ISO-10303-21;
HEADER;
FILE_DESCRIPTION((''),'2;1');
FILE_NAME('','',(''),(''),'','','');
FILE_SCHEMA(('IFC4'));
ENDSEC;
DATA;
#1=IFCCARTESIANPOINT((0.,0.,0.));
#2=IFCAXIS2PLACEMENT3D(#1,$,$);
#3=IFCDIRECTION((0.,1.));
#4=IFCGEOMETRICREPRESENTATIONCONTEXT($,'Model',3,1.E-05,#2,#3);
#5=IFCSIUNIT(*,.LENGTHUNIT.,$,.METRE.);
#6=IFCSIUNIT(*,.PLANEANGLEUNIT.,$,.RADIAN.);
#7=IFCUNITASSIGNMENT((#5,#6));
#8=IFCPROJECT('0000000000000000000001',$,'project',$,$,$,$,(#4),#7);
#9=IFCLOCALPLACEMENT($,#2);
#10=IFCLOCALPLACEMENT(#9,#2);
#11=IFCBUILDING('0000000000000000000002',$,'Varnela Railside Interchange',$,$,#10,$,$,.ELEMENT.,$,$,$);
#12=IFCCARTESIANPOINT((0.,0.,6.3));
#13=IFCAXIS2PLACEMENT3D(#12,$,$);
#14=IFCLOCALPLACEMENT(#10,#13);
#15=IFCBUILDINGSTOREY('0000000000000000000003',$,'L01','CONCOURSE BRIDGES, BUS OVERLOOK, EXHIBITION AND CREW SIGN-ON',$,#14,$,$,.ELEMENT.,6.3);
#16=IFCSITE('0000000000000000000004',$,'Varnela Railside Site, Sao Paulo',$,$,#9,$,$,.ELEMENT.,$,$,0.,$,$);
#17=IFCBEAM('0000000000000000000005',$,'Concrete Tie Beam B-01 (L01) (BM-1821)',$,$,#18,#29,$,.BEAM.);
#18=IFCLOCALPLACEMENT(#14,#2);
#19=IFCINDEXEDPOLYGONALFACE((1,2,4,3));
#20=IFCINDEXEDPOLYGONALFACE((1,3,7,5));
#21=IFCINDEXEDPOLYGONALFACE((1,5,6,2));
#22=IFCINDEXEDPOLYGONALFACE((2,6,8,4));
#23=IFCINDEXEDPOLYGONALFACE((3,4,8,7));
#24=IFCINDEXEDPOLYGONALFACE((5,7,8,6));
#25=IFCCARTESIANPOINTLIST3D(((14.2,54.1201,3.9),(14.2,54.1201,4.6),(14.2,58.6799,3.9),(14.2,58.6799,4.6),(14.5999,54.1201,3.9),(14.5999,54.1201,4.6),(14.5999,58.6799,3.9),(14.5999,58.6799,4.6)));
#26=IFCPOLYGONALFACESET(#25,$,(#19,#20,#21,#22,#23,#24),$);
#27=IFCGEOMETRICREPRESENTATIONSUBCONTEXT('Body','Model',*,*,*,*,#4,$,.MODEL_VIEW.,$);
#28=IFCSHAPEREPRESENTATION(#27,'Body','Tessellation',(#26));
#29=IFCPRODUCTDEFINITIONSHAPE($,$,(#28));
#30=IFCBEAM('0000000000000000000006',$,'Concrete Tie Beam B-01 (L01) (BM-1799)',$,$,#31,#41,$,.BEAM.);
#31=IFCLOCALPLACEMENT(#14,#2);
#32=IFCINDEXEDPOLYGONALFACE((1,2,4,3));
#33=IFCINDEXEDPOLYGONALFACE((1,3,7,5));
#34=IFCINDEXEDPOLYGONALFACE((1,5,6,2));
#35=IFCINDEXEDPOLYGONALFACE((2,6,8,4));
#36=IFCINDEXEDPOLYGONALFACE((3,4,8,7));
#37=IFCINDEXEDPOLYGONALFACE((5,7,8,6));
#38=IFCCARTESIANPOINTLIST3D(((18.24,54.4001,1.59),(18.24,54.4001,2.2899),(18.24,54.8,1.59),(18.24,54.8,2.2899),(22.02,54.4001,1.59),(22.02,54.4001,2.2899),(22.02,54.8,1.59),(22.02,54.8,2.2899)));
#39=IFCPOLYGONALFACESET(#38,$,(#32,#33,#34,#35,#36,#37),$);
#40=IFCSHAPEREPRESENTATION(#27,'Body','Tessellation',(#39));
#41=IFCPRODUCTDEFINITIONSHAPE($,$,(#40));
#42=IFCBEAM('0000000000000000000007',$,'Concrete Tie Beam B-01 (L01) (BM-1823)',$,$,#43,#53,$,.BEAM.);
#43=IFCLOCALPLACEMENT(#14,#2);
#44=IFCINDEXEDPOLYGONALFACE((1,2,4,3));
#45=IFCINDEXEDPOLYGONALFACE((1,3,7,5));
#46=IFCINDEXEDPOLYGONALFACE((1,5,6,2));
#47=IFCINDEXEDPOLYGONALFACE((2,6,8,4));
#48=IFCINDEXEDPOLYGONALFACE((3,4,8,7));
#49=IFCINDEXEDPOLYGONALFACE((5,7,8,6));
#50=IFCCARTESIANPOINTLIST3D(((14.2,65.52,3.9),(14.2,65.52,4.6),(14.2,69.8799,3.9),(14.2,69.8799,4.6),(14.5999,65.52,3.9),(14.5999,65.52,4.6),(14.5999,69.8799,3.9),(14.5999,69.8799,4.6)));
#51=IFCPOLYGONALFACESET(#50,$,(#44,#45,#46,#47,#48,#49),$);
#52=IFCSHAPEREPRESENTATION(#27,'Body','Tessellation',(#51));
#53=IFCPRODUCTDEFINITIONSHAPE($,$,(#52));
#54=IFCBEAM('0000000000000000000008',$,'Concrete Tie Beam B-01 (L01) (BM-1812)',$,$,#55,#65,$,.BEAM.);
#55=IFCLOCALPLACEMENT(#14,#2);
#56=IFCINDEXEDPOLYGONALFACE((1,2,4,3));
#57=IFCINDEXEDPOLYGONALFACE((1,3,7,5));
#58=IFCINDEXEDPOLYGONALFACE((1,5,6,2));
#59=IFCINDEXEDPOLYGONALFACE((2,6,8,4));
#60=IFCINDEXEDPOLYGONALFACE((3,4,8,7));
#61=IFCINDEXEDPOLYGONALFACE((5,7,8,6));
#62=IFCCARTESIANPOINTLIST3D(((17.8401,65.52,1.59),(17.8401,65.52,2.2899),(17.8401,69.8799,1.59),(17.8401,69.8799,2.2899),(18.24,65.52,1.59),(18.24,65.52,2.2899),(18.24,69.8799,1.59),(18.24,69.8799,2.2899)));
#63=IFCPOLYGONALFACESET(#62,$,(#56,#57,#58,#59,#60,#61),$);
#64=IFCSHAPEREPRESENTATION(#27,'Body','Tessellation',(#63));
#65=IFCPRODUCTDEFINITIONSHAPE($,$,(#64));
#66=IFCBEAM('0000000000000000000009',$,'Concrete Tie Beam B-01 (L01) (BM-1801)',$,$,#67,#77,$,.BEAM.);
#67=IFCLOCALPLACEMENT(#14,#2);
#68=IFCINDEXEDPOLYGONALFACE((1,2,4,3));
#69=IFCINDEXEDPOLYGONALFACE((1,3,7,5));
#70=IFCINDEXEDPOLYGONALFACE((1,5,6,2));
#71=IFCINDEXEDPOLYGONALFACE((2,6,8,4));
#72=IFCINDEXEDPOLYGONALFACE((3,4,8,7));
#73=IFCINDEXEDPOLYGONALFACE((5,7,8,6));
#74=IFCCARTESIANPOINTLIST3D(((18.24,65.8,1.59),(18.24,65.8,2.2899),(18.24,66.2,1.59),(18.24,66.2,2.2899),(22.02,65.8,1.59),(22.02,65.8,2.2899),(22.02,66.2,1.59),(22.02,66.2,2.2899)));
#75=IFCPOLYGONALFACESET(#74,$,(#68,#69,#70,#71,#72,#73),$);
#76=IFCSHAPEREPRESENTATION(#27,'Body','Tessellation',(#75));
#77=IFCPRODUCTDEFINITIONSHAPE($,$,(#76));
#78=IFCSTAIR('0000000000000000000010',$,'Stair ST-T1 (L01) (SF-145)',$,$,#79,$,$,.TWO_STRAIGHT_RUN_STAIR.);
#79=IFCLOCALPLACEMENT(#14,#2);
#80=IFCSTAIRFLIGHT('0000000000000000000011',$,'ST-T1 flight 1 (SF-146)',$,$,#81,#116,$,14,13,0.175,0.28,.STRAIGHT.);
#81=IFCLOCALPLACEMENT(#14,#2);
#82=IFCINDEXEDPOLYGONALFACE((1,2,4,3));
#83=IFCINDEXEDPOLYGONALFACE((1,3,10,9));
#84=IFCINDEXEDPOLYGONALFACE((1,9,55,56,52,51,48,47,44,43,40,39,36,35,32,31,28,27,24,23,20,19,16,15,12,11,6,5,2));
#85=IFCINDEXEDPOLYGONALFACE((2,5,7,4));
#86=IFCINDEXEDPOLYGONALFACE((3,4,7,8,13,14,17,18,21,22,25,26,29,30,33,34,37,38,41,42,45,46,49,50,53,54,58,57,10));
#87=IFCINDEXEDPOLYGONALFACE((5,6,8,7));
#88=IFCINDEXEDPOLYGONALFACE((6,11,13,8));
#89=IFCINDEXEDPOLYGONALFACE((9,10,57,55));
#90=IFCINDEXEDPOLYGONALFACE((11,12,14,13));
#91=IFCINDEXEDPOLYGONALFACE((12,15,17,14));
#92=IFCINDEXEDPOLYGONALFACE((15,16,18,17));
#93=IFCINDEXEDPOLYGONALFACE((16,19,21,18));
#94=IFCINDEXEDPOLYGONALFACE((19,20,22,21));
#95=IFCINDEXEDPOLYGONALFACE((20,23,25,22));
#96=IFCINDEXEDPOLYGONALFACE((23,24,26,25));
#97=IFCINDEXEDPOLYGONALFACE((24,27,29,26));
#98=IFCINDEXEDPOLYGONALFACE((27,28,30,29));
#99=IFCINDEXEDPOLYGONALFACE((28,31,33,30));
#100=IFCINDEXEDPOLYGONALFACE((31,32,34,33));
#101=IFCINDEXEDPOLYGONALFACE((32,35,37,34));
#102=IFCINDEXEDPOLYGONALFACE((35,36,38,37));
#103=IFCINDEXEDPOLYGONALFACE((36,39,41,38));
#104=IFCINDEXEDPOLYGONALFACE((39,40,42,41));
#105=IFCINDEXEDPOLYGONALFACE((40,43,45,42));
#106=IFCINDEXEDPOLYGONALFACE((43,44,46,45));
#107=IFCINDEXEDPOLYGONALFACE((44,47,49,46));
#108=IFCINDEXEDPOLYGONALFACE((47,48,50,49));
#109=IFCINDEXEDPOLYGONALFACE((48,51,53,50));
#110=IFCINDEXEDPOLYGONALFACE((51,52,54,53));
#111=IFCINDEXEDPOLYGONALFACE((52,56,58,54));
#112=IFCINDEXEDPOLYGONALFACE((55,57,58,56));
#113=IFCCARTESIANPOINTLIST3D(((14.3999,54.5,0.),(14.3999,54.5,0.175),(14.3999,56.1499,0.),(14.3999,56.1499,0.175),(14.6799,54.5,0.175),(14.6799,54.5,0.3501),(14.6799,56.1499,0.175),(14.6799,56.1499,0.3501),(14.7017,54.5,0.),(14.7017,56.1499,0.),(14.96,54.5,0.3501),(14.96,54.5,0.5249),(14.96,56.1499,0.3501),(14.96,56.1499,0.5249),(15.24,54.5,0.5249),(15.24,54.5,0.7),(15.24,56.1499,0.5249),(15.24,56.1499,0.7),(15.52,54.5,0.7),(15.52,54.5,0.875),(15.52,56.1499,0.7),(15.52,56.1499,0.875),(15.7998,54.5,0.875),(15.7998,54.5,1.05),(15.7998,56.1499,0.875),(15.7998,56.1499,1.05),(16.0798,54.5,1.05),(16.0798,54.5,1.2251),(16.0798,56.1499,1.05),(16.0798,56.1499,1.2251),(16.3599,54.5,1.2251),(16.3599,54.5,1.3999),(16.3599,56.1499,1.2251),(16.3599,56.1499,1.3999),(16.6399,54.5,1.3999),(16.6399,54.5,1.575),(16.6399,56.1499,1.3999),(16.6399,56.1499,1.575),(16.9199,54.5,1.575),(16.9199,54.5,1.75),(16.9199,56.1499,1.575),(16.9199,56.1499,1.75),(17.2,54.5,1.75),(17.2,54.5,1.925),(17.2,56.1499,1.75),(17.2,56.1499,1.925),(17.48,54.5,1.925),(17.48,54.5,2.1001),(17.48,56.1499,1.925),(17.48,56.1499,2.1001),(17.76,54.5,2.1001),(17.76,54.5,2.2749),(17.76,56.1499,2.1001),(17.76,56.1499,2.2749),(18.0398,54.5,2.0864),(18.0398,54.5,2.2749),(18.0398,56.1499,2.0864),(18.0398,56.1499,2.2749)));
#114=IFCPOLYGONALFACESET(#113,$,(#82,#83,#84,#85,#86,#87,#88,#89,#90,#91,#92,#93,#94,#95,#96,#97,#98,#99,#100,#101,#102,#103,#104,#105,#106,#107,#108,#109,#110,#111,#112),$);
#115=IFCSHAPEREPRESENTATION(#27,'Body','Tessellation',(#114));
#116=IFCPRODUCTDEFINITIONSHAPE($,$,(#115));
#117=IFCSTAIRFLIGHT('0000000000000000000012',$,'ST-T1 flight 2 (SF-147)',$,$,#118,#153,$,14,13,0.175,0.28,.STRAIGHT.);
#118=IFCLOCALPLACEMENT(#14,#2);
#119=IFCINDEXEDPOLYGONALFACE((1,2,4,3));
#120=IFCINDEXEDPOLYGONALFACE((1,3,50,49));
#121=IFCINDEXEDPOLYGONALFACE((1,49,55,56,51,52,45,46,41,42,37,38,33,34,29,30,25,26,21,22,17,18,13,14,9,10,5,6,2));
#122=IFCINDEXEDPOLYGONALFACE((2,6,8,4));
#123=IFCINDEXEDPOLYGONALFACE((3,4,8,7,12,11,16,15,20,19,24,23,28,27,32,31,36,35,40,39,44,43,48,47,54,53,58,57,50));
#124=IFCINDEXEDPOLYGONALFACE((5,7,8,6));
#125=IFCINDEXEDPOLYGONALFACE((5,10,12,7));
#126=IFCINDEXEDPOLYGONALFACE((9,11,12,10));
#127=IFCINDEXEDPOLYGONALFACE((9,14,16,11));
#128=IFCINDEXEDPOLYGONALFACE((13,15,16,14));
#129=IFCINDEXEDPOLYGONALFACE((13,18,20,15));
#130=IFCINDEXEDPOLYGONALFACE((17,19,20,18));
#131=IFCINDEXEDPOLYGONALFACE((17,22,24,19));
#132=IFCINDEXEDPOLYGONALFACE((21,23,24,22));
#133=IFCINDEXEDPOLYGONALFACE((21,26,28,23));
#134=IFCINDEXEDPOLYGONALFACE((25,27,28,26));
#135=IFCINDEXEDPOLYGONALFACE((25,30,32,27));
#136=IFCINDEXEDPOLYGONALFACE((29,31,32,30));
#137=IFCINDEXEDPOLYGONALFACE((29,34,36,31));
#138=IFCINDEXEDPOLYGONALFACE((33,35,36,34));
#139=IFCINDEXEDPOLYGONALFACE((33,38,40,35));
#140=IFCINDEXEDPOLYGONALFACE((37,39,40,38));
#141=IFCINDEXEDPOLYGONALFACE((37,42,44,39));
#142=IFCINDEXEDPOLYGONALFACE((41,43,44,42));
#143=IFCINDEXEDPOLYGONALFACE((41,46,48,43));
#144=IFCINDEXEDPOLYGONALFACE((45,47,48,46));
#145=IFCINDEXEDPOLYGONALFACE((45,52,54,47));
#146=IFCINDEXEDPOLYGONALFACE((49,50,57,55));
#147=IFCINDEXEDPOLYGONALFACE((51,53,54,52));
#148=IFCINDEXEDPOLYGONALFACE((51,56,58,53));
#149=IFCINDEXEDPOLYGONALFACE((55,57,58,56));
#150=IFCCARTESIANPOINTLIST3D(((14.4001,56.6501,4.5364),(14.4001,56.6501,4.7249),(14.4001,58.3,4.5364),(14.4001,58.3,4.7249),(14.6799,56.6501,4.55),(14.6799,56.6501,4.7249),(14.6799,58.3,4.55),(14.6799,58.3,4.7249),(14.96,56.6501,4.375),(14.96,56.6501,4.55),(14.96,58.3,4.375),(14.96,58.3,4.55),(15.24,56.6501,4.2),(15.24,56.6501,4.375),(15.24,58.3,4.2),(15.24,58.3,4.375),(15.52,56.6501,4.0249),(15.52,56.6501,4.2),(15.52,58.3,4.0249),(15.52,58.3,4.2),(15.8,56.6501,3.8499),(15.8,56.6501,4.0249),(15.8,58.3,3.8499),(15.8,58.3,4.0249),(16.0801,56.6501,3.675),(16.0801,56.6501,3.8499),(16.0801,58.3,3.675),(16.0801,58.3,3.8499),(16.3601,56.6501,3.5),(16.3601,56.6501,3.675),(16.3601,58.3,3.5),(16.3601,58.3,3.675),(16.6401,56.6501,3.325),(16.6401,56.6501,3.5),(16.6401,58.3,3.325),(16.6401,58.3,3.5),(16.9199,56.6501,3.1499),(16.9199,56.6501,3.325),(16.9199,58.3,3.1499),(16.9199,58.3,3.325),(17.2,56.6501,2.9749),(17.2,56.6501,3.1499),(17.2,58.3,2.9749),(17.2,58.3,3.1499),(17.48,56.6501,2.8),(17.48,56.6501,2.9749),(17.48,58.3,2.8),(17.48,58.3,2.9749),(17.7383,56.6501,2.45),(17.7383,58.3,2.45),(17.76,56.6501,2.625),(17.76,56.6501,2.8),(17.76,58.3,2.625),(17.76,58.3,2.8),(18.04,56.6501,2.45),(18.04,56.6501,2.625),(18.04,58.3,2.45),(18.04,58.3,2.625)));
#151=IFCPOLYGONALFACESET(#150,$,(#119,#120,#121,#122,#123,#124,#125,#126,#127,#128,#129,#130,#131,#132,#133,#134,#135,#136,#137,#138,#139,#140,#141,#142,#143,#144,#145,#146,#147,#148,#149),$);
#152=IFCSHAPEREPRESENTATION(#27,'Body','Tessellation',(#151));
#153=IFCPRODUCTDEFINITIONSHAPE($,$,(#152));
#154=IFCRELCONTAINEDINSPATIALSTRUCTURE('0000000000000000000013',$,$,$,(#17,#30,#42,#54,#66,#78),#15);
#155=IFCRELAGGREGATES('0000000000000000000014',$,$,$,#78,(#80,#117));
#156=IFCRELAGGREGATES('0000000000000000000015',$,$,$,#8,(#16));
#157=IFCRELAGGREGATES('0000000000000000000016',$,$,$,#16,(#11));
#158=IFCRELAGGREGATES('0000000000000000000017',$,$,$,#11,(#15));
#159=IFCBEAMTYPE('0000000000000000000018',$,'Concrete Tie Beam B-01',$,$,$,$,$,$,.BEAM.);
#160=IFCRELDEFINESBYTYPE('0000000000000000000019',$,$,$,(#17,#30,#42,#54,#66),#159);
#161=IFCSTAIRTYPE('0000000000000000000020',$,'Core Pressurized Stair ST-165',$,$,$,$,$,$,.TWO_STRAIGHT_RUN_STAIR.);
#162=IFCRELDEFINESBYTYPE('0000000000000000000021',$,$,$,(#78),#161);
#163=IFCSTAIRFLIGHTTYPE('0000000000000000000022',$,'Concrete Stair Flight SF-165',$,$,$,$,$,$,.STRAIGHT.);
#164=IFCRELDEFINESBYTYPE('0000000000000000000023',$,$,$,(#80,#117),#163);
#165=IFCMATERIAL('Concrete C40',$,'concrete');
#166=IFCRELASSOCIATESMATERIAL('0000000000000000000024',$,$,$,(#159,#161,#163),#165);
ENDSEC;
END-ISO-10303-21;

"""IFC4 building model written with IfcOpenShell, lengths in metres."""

from ifc_helpers import new_model, si_unit, direction, frame, origin, origin_2d, place, context, subcontext, project, spatial, polyline, rectangle, outline, extrude, material, material_profile, profile_set, type_object, element, aggregate, save


model = new_model("IFC4")

# Units and contexts
model_context = context("Model", 3, precision=1e-05, world=origin(), true_north=direction((0.0, 1.0)))
body_context = subcontext(model_context, "Body", "Model", "MODEL_VIEW")
ifc_project = project(units=[si_unit("LENGTHUNIT", "METRE"), si_unit("PLANEANGLEUNIT", "RADIAN")], contexts=[model_context])

# Site, building, storey
site_placement = place(None, origin())
site = spatial("IfcSite", under=ifc_project, at=site_placement, Name="Varnela Railside Site, Sao Paulo", CompositionType="ELEMENT", RefElevation=0.0)
building_placement = place(site_placement, origin())
building = spatial("IfcBuilding", under=site, at=building_placement, Name="Varnela Railside Interchange", CompositionType="ELEMENT")
storey_placement = place(building_placement, frame((0.0, 0.0, 6.3)))
storey = spatial("IfcBuildingStorey", under=building, at=storey_placement, Name="L01", Description="CONCOURSE BRIDGES, BUS OVERLOOK, EXHIBITION AND CREW SIGN-ON", CompositionType="ELEMENT", Elevation=6.3)

# Beams
ifc_material_1 = material(Name="Concrete C40", Category="concrete")
ifc_material_profile = material_profile(ifc_material_1, rectangle(XDim=0.3999, YDim=0.7, at=origin_2d()), Name="RC 400x700")
ifc_profile_set = profile_set([ifc_material_profile], Name="Concrete C40")
beam_type = type_object("IfcBeamType", Name="Concrete Tie Beam B-01", PredefinedType="BEAM", material=ifc_profile_set)
beam_1_placement = place(storey_placement, frame((14.3999, 54.1201, 4.25), z_axis=(0.0, 1.0, 0.0), x_axis=(-1.0, 0.0, 0.0)))
element("IfcBeam", 1, at=beam_1_placement, inside=storey, type_object=beam_type, Name="Concrete Tie Beam B-01 (L01) (BM-1821)", PredefinedType="BEAM", context=body_context, shape_type="SweptSolid", body=[
    extrude(rectangle(XDim=0.3999, YDim=0.7, at=origin_2d()), origin(), (0.0, 0.0, 1.0), 4.5598),
])
beam_2_placement = place(storey_placement, frame((18.24, 54.6001, 1.9399), z_axis=(1.0, 0.0, 0.0), x_axis=(0.0, 1.0, 0.0)))
element("IfcBeam", 2, at=beam_2_placement, inside=storey, type_object=beam_type, Name="Concrete Tie Beam B-01 (L01) (BM-1799)", PredefinedType="BEAM", context=body_context, shape_type="SweptSolid", body=[
    extrude(rectangle(XDim=0.3999, YDim=0.7, at=origin_2d()), origin(), (0.0, 0.0, 1.0), 3.78),
])
for number, where, z_axis, x_axis, name in (
    (3, (14.3999, 65.52, 4.25), (0.0, 1.0, 0.0), (-1.0, 0.0, 0.0), "Concrete Tie Beam B-01 (L01) (BM-1823)"),
    (4, (18.04, 65.52, 1.9399), (0.0, 1.0, 0.0), (-1.0, 0.0, 0.0), "Concrete Tie Beam B-01 (L01) (BM-1812)"),
):
    element("IfcBeam", number, at=place(storey_placement, frame(where, z_axis=z_axis, x_axis=x_axis)), inside=storey, type_object=beam_type, Name=name, PredefinedType="BEAM", context=body_context, shape_type="SweptSolid", body=[
        extrude(rectangle(XDim=0.3999, YDim=0.7, at=origin_2d()), origin(), (0.0, 0.0, 1.0), 4.3599),
    ])
beam_3_placement = place(storey_placement, frame((18.24, 66.0, 1.9399), z_axis=(1.0, 0.0, 0.0), x_axis=(0.0, 1.0, 0.0)))
element("IfcBeam", 5, at=beam_3_placement, inside=storey, type_object=beam_type, Name="Concrete Tie Beam B-01 (L01) (BM-1801)", PredefinedType="BEAM", context=body_context, shape_type="SweptSolid", body=[
    extrude(rectangle(XDim=0.3999, YDim=0.7, at=origin_2d()), origin(), (0.0, 0.0, 1.0), 3.78),
])

# Stair, stair flights
stair_type = type_object("IfcStairType", Name="Core Pressurized Stair ST-165", PredefinedType="TWO_STRAIGHT_RUN_STAIR", material=ifc_material_1)
stair_placement = place(storey_placement, origin())
stair = element("IfcStair", 6, at=stair_placement, inside=storey, type_object=stair_type, Name="Stair ST-T1 (L01) (SF-145)", PredefinedType="TWO_STRAIGHT_RUN_STAIR")
stair_flight_type = type_object("IfcStairFlightType", Name="Concrete Stair Flight SF-165", PredefinedType="STRAIGHT", material=ifc_material_1)
stair_flight_1_placement = place(storey_placement, frame((14.3999, 55.325, 0.0), z_axis=(0.0, 0.0, 1.0), x_axis=(1.0, 0.0, 0.0)))
stair_flight_1 = element("IfcStairFlight", 7, at=stair_flight_1_placement, type_object=stair_flight_type, Name="ST-T1 flight 1 (SF-146)", NumberOfRisers=14, NumberOfTreads=13, PredefinedType="STRAIGHT", RiserHeight=0.175, TreadLength=0.28, context=body_context, shape_type="SweptSolid", body=[
    extrude(outline(polyline([(0.0, 0.0), (0.0, 0.175), (0.28, 0.175), (0.28, 0.3501), (0.5601, 0.3501), (0.5601, 0.5249), (0.8401, 0.5249), (0.8401, 0.7), (1.1201, 0.7), (1.1201, 0.875), (1.3999, 0.875), (1.3999, 1.05), (1.6799, 1.05), (1.6799, 1.2251), (1.96, 1.2251), (1.96, 1.3999), (2.24, 1.3999), (2.24, 1.575), (2.52, 1.575), (2.52, 1.75), (2.8, 1.75), (2.8, 1.925), (3.0801, 1.925), (3.0801, 2.1001), (3.3601, 2.1001), (3.3601, 2.2749), (3.6399, 2.2749), (3.6399, 2.45), (3.6399, 2.0864), (0.3018, 0.0), (0.0, 0.0)])), frame((0.0, 0.825, 0.0), z_axis=(0.0, -1.0, 0.0), x_axis=(1.0, 0.0, 0.0)), (0.0, 0.0, 1.0), 1.6499),
])
stair_flight_2_placement = place(storey_placement, frame((18.04, 57.4751, 2.45), z_axis=(0.0, 0.0, 1.0), x_axis=(-1.0, 0.0, 0.0)))
stair_flight_2 = element("IfcStairFlight", 8, at=stair_flight_2_placement, type_object=stair_flight_type, Name="ST-T1 flight 2 (SF-147)", NumberOfRisers=14, NumberOfTreads=13, PredefinedType="STRAIGHT", RiserHeight=0.175, TreadLength=0.28, context=body_context, shape_type="SweptSolid", body=[
    extrude(outline(polyline([(0.0, 0.0), (0.0, 0.175), (0.28, 0.175), (0.28, 0.3501), (0.5601, 0.3501), (0.5601, 0.5249), (0.8401, 0.5249), (0.8401, 0.7), (1.1201, 0.7), (1.1201, 0.875), (1.3999, 0.875), (1.3999, 1.05), (1.6799, 1.05), (1.6799, 1.2251), (1.96, 1.2251), (1.96, 1.3999), (2.24, 1.3999), (2.24, 1.575), (2.52, 1.575), (2.52, 1.75), (2.8, 1.75), (2.8, 1.925), (3.0801, 1.925), (3.0801, 2.1001), (3.3601, 2.1001), (3.3601, 2.2749), (3.6399, 2.2749), (3.6399, 2.45), (3.6399, 2.0864), (0.3018, 0.0), (0.0, 0.0)])), frame((0.0, 0.825, 0.0), z_axis=(0.0, -1.0, 0.0), x_axis=(1.0, 0.0, 0.0)), (0.0, 0.0, 1.0), 1.6499),
])
aggregate(stair, [stair_flight_1, stair_flight_2])

save(model, "model.ifc")
